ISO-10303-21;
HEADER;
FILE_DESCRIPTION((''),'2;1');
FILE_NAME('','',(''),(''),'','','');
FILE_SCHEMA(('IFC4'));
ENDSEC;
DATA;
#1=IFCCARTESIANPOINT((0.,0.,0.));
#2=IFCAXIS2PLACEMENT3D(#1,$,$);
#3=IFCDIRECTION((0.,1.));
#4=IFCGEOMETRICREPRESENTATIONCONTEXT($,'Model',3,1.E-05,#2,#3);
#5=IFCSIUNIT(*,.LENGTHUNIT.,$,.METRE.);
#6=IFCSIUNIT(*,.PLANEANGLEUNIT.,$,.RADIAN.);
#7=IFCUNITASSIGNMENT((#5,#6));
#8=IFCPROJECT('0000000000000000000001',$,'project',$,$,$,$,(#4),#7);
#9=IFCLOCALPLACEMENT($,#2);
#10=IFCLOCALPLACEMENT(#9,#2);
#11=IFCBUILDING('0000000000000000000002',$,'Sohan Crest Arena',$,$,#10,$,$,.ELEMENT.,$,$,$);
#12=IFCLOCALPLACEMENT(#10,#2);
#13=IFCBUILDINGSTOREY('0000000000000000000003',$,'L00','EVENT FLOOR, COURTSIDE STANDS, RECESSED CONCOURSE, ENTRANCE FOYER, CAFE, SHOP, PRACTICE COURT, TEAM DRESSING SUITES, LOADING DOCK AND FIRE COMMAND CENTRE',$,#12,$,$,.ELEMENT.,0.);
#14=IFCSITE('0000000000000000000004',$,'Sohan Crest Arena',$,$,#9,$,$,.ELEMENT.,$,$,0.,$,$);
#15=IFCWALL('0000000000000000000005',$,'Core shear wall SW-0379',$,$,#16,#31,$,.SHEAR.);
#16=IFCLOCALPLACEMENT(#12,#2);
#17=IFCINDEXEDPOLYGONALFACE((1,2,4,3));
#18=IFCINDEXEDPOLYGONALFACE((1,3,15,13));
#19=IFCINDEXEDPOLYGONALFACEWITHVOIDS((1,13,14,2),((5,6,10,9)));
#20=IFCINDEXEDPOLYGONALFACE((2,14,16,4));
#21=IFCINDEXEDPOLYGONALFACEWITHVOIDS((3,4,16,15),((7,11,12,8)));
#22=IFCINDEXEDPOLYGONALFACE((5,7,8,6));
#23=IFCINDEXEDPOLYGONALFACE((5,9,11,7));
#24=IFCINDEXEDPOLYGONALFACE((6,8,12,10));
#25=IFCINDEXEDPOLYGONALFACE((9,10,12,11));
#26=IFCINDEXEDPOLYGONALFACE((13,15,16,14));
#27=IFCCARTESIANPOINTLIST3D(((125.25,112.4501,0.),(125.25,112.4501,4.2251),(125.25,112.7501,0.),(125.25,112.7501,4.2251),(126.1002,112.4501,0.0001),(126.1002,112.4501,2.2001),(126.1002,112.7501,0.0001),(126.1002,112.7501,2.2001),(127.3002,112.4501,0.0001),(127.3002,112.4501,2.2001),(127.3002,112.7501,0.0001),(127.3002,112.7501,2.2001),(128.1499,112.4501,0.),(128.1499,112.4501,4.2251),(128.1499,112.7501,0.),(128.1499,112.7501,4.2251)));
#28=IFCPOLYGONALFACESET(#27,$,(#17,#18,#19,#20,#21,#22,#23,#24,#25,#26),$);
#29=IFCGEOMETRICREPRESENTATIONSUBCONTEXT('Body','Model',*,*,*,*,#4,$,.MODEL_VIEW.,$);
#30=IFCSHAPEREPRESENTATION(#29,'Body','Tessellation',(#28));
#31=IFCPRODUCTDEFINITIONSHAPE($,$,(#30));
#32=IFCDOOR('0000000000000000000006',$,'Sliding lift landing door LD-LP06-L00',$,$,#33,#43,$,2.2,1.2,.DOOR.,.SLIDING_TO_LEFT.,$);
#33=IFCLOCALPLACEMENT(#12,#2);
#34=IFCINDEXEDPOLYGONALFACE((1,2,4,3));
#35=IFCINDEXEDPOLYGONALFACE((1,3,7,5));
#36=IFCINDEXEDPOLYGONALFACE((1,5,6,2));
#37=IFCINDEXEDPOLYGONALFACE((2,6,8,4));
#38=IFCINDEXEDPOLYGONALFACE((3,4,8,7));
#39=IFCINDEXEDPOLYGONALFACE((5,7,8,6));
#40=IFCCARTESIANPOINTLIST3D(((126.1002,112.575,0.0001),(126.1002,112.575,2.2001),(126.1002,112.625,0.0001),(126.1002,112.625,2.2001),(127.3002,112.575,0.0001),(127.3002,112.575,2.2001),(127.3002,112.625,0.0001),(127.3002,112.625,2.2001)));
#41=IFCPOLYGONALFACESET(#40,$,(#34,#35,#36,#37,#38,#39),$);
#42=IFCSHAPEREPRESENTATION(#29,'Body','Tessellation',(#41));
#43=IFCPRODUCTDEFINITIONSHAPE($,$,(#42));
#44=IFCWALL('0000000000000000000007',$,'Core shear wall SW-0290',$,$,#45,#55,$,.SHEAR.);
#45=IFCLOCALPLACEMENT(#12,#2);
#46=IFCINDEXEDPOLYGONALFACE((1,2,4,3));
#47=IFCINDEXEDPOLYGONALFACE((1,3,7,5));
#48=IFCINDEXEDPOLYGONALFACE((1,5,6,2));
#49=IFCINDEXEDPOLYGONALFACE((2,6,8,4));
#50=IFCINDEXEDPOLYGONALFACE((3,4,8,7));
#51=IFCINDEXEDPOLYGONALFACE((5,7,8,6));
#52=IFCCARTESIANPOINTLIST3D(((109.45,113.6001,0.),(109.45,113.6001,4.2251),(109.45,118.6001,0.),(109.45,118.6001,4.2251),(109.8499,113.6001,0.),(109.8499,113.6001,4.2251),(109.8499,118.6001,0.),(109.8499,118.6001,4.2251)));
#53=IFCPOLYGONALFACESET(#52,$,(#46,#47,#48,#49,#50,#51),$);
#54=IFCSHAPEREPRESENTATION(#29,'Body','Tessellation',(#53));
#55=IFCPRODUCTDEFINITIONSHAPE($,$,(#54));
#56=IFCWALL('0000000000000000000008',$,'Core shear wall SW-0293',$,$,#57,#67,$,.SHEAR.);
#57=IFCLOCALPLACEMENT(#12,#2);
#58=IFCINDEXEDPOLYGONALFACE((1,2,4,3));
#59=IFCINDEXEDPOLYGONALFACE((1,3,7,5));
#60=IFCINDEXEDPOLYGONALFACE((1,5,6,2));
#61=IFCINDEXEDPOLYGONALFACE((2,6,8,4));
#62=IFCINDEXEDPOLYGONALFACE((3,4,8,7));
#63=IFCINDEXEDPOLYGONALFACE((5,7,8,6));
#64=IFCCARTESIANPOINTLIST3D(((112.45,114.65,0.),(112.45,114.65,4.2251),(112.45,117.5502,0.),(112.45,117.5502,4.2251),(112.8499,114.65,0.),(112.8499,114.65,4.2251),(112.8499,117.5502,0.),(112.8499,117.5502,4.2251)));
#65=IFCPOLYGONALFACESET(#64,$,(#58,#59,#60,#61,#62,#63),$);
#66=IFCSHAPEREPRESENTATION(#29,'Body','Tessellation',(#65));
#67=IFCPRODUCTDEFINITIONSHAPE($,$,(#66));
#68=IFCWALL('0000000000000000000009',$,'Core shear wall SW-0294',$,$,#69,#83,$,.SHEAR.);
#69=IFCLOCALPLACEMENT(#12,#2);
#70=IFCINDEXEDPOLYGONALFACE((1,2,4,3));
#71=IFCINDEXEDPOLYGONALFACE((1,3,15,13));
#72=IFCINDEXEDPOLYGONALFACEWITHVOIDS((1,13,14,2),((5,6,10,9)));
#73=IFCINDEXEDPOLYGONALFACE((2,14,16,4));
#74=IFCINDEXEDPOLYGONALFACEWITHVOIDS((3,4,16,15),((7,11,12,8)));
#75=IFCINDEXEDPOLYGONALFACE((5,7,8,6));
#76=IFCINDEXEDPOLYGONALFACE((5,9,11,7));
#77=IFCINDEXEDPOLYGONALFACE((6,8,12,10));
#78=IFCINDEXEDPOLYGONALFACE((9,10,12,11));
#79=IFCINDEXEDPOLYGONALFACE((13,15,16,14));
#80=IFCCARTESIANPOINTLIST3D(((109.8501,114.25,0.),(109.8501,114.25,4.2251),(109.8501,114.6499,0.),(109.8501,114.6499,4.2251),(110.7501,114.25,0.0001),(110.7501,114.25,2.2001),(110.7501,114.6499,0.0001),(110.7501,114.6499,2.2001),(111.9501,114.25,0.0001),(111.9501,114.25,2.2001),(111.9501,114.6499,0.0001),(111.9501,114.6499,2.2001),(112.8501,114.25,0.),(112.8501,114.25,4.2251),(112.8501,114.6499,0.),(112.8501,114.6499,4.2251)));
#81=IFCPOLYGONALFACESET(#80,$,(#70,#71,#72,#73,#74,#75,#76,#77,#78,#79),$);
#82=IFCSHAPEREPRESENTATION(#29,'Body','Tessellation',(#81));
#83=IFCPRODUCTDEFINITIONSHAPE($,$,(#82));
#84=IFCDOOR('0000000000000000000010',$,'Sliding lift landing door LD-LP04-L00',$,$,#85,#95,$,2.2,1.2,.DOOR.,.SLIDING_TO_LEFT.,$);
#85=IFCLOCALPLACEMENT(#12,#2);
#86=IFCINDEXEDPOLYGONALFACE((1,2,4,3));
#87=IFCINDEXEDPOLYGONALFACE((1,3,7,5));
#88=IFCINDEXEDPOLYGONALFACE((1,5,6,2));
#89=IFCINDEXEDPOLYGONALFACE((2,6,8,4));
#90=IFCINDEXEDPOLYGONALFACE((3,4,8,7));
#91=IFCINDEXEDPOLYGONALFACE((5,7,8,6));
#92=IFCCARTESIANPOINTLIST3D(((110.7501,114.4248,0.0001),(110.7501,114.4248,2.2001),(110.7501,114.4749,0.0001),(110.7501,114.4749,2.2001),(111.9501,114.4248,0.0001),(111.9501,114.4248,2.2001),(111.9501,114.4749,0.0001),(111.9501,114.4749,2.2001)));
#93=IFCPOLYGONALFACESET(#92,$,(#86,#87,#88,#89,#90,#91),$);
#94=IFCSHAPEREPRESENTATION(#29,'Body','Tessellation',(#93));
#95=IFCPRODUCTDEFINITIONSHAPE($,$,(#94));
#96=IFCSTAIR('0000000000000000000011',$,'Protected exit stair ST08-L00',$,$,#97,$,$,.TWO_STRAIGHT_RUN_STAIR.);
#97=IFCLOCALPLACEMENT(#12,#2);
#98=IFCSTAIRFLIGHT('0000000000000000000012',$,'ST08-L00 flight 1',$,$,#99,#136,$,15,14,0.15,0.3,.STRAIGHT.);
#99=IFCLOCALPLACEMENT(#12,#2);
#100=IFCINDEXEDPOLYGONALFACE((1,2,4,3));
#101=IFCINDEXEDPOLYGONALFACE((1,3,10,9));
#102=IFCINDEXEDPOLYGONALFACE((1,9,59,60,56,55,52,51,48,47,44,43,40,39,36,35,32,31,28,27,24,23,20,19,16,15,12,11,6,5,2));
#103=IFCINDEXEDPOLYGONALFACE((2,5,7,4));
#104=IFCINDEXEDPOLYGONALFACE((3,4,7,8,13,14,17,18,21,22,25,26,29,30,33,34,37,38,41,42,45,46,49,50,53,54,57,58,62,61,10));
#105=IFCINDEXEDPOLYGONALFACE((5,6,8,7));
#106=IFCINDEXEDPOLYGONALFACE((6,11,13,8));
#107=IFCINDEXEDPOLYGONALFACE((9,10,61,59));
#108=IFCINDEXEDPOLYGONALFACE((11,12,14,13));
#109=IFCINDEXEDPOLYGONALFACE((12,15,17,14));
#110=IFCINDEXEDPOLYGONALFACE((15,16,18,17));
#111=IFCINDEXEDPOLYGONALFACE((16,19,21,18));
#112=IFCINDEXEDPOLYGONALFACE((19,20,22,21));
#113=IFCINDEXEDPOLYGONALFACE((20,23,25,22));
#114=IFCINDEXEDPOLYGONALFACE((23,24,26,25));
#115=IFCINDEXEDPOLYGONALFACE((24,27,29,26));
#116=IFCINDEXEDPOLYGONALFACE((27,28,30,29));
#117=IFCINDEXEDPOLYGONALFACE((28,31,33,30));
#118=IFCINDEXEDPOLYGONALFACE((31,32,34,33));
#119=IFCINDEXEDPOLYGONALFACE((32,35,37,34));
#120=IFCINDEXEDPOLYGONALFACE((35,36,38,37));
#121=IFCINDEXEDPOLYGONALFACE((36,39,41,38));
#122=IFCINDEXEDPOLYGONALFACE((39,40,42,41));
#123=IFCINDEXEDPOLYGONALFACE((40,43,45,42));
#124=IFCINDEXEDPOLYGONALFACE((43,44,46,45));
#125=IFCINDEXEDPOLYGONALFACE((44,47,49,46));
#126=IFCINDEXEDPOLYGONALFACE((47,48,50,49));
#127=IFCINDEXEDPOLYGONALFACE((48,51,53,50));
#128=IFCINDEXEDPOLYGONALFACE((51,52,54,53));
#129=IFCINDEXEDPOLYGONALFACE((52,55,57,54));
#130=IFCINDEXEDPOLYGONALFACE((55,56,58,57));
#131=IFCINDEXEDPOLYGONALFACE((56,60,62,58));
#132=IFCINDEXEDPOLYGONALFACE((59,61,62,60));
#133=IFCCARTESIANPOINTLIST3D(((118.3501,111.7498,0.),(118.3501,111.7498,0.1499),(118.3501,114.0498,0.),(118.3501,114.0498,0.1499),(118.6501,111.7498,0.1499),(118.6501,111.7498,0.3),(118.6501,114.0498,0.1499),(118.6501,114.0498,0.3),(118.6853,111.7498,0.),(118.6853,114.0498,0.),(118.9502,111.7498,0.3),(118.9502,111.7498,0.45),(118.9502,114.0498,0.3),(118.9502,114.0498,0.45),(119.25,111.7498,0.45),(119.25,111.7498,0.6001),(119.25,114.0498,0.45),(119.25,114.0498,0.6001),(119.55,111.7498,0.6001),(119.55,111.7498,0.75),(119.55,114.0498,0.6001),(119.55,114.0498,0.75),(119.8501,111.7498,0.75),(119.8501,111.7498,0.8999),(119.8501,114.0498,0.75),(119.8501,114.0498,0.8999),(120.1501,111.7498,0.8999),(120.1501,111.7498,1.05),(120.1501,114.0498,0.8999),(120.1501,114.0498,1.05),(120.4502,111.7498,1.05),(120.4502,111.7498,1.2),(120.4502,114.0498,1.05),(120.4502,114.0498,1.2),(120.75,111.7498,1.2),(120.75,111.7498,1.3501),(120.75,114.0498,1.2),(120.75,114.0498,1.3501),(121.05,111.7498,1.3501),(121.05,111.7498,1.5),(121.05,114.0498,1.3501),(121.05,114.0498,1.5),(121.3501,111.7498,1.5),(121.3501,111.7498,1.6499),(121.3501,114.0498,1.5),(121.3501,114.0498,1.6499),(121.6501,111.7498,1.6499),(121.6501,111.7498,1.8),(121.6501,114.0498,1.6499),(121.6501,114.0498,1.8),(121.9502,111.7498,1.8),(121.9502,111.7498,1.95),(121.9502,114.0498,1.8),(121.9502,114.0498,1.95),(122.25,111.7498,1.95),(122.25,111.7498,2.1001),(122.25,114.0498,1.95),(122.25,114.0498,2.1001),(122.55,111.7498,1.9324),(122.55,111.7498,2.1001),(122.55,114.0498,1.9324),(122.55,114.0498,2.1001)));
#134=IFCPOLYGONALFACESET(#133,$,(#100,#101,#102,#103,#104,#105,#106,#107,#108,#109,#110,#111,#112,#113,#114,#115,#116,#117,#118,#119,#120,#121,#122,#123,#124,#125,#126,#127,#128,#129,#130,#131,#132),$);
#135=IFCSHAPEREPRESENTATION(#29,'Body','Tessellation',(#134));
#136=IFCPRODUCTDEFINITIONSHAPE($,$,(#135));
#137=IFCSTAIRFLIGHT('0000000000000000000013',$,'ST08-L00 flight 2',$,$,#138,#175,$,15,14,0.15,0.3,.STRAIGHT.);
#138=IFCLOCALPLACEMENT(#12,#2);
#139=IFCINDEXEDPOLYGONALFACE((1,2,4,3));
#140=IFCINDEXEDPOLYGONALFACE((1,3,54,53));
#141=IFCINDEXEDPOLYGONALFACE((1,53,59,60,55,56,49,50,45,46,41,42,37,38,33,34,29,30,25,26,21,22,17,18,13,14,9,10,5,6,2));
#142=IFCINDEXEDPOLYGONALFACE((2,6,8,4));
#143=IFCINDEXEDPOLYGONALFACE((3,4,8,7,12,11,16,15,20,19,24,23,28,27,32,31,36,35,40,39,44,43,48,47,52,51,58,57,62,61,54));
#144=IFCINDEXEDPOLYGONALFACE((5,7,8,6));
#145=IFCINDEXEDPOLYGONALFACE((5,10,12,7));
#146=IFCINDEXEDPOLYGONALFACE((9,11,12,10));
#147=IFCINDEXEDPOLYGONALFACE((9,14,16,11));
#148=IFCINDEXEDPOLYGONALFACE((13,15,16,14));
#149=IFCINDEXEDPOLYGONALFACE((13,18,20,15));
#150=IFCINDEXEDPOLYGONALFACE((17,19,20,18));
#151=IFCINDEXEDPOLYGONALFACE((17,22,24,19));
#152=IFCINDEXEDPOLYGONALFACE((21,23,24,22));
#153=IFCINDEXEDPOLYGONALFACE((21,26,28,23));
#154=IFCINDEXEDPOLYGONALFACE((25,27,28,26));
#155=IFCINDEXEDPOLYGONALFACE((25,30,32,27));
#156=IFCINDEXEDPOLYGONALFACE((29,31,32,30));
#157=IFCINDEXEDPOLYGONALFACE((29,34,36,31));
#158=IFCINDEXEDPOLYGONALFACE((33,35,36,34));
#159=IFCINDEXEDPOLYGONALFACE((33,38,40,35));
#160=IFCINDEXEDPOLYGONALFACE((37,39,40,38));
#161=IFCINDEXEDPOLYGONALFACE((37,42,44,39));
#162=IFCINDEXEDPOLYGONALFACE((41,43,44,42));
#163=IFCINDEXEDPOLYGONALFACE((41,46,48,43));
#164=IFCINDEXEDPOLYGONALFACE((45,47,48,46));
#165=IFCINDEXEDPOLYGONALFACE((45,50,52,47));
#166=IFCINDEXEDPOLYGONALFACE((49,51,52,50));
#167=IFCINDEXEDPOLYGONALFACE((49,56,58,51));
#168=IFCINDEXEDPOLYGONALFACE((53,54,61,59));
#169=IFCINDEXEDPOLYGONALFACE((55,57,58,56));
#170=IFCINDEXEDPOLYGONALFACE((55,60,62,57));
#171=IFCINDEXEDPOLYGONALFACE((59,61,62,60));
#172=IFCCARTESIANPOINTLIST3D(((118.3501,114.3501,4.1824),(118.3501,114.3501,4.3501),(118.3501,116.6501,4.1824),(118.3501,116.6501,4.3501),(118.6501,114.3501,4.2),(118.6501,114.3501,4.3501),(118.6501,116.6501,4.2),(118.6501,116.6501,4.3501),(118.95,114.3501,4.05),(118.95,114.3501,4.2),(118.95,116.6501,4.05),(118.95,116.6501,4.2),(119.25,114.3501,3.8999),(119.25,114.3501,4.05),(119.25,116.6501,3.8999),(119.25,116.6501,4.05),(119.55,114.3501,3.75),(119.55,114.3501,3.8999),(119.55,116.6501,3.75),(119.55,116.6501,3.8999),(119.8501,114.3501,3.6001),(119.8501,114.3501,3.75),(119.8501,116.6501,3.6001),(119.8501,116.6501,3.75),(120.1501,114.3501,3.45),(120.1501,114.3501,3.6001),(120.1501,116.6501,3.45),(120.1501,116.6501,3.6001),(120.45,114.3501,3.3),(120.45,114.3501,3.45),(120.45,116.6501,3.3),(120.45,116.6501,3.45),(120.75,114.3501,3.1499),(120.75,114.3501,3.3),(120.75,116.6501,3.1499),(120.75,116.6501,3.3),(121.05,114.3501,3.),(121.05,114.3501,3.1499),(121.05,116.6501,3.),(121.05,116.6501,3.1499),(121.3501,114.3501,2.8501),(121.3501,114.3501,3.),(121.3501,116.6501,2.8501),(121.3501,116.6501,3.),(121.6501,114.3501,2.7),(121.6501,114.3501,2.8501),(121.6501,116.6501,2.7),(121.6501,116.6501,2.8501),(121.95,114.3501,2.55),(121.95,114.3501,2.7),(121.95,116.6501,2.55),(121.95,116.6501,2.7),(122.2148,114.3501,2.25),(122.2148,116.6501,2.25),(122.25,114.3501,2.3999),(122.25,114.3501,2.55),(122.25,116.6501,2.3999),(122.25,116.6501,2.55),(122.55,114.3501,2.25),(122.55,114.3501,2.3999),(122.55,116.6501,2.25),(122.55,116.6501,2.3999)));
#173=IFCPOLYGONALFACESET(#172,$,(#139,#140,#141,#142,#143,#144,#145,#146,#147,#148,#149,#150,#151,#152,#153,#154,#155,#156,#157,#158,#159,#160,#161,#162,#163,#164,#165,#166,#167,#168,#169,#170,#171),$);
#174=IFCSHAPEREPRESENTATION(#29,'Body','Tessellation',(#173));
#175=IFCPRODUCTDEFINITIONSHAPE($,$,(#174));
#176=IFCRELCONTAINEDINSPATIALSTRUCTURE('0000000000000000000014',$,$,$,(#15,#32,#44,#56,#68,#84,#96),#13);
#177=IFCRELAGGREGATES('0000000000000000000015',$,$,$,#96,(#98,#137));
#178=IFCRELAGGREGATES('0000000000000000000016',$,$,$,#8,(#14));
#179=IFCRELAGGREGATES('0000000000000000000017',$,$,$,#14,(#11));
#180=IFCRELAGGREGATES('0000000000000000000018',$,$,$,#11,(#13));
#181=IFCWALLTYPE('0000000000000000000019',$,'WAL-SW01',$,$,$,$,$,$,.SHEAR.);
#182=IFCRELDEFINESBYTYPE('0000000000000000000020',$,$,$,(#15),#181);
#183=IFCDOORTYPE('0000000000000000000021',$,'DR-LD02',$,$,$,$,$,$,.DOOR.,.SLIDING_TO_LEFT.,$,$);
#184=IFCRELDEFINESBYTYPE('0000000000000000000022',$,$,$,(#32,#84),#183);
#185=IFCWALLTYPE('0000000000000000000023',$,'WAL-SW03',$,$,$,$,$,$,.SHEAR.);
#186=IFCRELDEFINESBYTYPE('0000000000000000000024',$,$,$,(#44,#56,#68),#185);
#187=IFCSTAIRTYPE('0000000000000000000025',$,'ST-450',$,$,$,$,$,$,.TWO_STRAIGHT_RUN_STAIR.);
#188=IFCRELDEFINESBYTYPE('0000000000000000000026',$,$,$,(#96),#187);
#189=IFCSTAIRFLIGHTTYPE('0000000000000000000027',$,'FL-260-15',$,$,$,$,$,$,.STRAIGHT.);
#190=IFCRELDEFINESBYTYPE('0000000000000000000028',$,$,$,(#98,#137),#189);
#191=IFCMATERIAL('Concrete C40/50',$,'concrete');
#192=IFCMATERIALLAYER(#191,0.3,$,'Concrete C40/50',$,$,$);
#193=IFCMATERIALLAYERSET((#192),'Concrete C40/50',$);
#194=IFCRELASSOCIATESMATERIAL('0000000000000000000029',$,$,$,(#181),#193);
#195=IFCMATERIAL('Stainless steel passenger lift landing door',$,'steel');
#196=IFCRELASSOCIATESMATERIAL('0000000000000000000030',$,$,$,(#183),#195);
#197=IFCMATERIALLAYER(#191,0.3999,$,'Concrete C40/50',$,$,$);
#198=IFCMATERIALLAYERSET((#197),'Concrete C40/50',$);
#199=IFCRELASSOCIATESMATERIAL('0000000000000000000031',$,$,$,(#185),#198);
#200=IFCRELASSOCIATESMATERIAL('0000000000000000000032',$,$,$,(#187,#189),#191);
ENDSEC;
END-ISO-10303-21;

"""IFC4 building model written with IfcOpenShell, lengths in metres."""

from ifc_helpers import new_model, si_unit, direction, frame, frame_2d, origin, place, context, subcontext, project, spatial, polyline, rectangle, outline, extrude, material, layer, layer_set, type_object, element, fill, aggregate, save


model = new_model("IFC4")

# Units and contexts
model_context = context("Model", 3, precision=1e-05, world=origin(), true_north=direction((0.0, 1.0)))
body_context = subcontext(model_context, "Body", "Model", "MODEL_VIEW")
ifc_project = project(units=[si_unit("LENGTHUNIT", "METRE"), si_unit("PLANEANGLEUNIT", "RADIAN")], contexts=[model_context])

# Site, building, storey
site_placement = place(None, origin())
site = spatial("IfcSite", under=ifc_project, at=site_placement, Name="Sohan Crest Arena", CompositionType="ELEMENT", RefElevation=0.0)
building_placement = place(site_placement, origin())
building = spatial("IfcBuilding", under=site, at=building_placement, Name="Sohan Crest Arena", CompositionType="ELEMENT")
storey_placement = place(building_placement, origin())
storey = spatial("IfcBuildingStorey", under=building, at=storey_placement, Name="L00", Description="EVENT FLOOR, COURTSIDE STANDS, RECESSED CONCOURSE, ENTRANCE FOYER, CAFE, SHOP, PRACTICE COURT, TEAM DRESSING SUITES, LOADING DOCK AND FIRE COMMAND CENTRE", CompositionType="ELEMENT", Elevation=0.0)

# Shared definitions
ifc_material_1 = material(Name="Concrete C40/50", Category="concrete")

# Shared definitions
ifc_layer_1 = layer(ifc_material_1, 0.3, Name="Concrete C40/50")
ifc_layer_set_1 = layer_set([ifc_layer_1], Name="Concrete C40/50")
wall_type_1 = type_object("IfcWallType", Name="WAL-SW01", PredefinedType="SHEAR", material=ifc_layer_set_1)

# Wall, opening, door
wall_1_placement = place(storey_placement, frame((125.25, 112.6001, 0.0), z_axis=(0.0, 0.0, 1.0), x_axis=(1.0, 0.0, 0.0)))
wall_1 = element("IfcWall", 1, at=wall_1_placement, inside=storey, type_object=wall_type_1, Name="Core shear wall SW-0379", PredefinedType="SHEAR", context=body_context, shape_type="SweptSolid", body=[
    extrude(rectangle(XDim=2.8999, YDim=0.3, at=frame_2d((1.45, 0.0))), origin(), (0.0, 0.0, 1.0), 4.2251),
])
opening_1_placement = place(wall_1_placement, frame((0.8501, 0.0, 0.0)))
opening_1 = element("IfcOpeningElement", 2, at=opening_1_placement, cuts=wall_1, PredefinedType="OPENING", context=body_context, shape_type="SweptSolid", body=[
    extrude(rectangle(XDim=1.2, YDim=2.2, at=frame_2d((0.6001, 1.1001))), frame((0.0, 0.1599, 0.0), z_axis=(0.0, -1.0, 0.0), x_axis=(1.0, 0.0, 0.0)), (0.0, 0.0, 1.0), 0.3201),
])
ifc_material_2 = material(Name="Stainless steel passenger lift landing door", Category="steel")
door_type_1 = type_object("IfcDoorType", Name="DR-LD02", OperationType="SLIDING_TO_LEFT", PredefinedType="DOOR", material=ifc_material_2)
door_1_placement = place(opening_1_placement, origin())
door_1 = element("IfcDoor", 3, at=door_1_placement, inside=storey, type_object=door_type_1, Name="Sliding lift landing door LD-LP06-L00", OperationType="SLIDING_TO_LEFT", OverallHeight=2.2, OverallWidth=1.2, PredefinedType="DOOR", context=body_context, shape_type="SweptSolid", body=[
    extrude(rectangle(XDim=1.2, YDim=2.2, at=frame_2d((0.6001, 1.1001))), frame((0.0, 0.0249, 0.0), z_axis=(0.0, -1.0, 0.0), x_axis=(1.0, 0.0, 0.0)), (0.0, 0.0, 1.0), 0.05),
])
fill(opening_1, door_1)

# Walls
ifc_layer_2 = layer(ifc_material_1, 0.3999, Name="Concrete C40/50")
ifc_layer_set_2 = layer_set([ifc_layer_2], Name="Concrete C40/50")
wall_type_2 = type_object("IfcWallType", Name="WAL-SW03", PredefinedType="SHEAR", material=ifc_layer_set_2)
wall_2_placement = place(storey_placement, frame((109.6499, 113.6001, 0.0), z_axis=(0.0, 0.0, 1.0), x_axis=(0.0, 1.0, 0.0)))
element("IfcWall", 4, at=wall_2_placement, inside=storey, type_object=wall_type_2, Name="Core shear wall SW-0290", PredefinedType="SHEAR", context=body_context, shape_type="SweptSolid", body=[
    extrude(rectangle(XDim=5.0, YDim=0.3999, at=frame_2d((2.5, 0.0))), origin(), (0.0, 0.0, 1.0), 4.2251),
])
wall_3_placement = place(storey_placement, frame((112.6499, 114.6499, 0.0), z_axis=(0.0, 0.0, 1.0), x_axis=(0.0, 1.0, 0.0)))
element("IfcWall", 5, at=wall_3_placement, inside=storey, type_object=wall_type_2, Name="Core shear wall SW-0293", PredefinedType="SHEAR", context=body_context, shape_type="SweptSolid", body=[
    extrude(rectangle(XDim=2.9001, YDim=0.3999, at=frame_2d((1.4502, 0.0))), origin(), (0.0, 0.0, 1.0), 4.2251),
])

# Wall, opening, door
wall_4_placement = place(storey_placement, frame((109.8501, 114.45, 0.0), z_axis=(0.0, 0.0, 1.0), x_axis=(1.0, 0.0, 0.0)))
wall_4 = element("IfcWall", 6, at=wall_4_placement, inside=storey, type_object=wall_type_2, Name="Core shear wall SW-0294", PredefinedType="SHEAR", context=body_context, shape_type="SweptSolid", body=[
    extrude(rectangle(XDim=3.0, YDim=0.3999, at=frame_2d((1.5, 0.0))), origin(), (0.0, 0.0, 1.0), 4.2251),
])
opening_2_placement = place(wall_4_placement, frame((0.8999, 0.0, 0.0)))
opening_2 = element("IfcOpeningElement", 7, at=opening_2_placement, cuts=wall_4, PredefinedType="OPENING", context=body_context, shape_type="SweptSolid", body=[
    extrude(rectangle(XDim=1.2, YDim=2.2, at=frame_2d((0.6001, 1.1001))), frame((0.0, 0.21, 0.0), z_axis=(0.0, -1.0, 0.0), x_axis=(1.0, 0.0, 0.0)), (0.0, 0.0, 1.0), 0.4199),
])
door_2_placement = place(opening_2_placement, origin())
door_2 = element("IfcDoor", 8, at=door_2_placement, inside=storey, type_object=door_type_1, Name="Sliding lift landing door LD-LP04-L00", OperationType="SLIDING_TO_LEFT", OverallHeight=2.2, OverallWidth=1.2, PredefinedType="DOOR", context=body_context, shape_type="SweptSolid", body=[
    extrude(rectangle(XDim=1.2, YDim=2.2, at=frame_2d((0.6001, 1.1001))), frame((0.0, 0.0249, 0.0), z_axis=(0.0, -1.0, 0.0), x_axis=(1.0, 0.0, 0.0)), (0.0, 0.0, 1.0), 0.05),
])
fill(opening_2, door_2)

# Stair, stair flights
stair_type = type_object("IfcStairType", Name="ST-450", PredefinedType="TWO_STRAIGHT_RUN_STAIR", material=ifc_material_1)
stair_placement = place(storey_placement, origin())
stair = element("IfcStair", 9, at=stair_placement, inside=storey, type_object=stair_type, Name="Protected exit stair ST08-L00", PredefinedType="TWO_STRAIGHT_RUN_STAIR")
stair_flight_type = type_object("IfcStairFlightType", Name="FL-260-15", PredefinedType="STRAIGHT", material=ifc_material_1)
stair_flight_1_placement = place(storey_placement, frame((118.3501, 112.8999, 0.0), z_axis=(0.0, 0.0, 1.0), x_axis=(1.0, 0.0, 0.0)))
stair_flight_1 = element("IfcStairFlight", 10, at=stair_flight_1_placement, type_object=stair_flight_type, Name="ST08-L00 flight 1", NumberOfRisers=15, NumberOfTreads=14, PredefinedType="STRAIGHT", RiserHeight=0.15, TreadLength=0.3, context=body_context, shape_type="SweptSolid", body=[
    extrude(outline(polyline([(0.0, 0.0), (0.0, 0.1499), (0.3, 0.1499), (0.3, 0.3), (0.6001, 0.3), (0.6001, 0.45), (0.8999, 0.45), (0.8999, 0.6001), (1.2, 0.6001), (1.2, 0.75), (1.5, 0.75), (1.5, 0.8999), (1.8, 0.8999), (1.8, 1.05), (2.1001, 1.05), (2.1001, 1.2), (2.3999, 1.2), (2.3999, 1.3501), (2.7, 1.3501), (2.7, 1.5), (3.0, 1.5), (3.0, 1.6499), (3.3, 1.6499), (3.3, 1.8), (3.6001, 1.8), (3.6001, 1.95), (3.8999, 1.95), (3.8999, 2.1001), (4.2, 2.1001), (4.2, 2.25), (4.2, 1.9324), (0.3352, 0.0), (0.0, 0.0)])), frame((0.0, 1.1499, 0.0), z_axis=(0.0, -1.0, 0.0), x_axis=(1.0, 0.0, 0.0)), (0.0, 0.0, 1.0), 2.3),
])
stair_flight_2_placement = place(storey_placement, frame((122.55, 115.5, 2.25), z_axis=(0.0, 0.0, 1.0), x_axis=(-1.0, 0.0, 0.0)))
stair_flight_2 = element("IfcStairFlight", 11, at=stair_flight_2_placement, type_object=stair_flight_type, Name="ST08-L00 flight 2", NumberOfRisers=15, NumberOfTreads=14, PredefinedType="STRAIGHT", RiserHeight=0.15, TreadLength=0.3, context=body_context, shape_type="SweptSolid", body=[
    extrude(outline(polyline([(0.0, 0.0), (0.0, 0.1499), (0.3, 0.1499), (0.3, 0.3), (0.6001, 0.3), (0.6001, 0.45), (0.8999, 0.45), (0.8999, 0.6001), (1.2, 0.6001), (1.2, 0.75), (1.5, 0.75), (1.5, 0.8999), (1.8, 0.8999), (1.8, 1.05), (2.1001, 1.05), (2.1001, 1.2), (2.3999, 1.2), (2.3999, 1.3501), (2.7, 1.3501), (2.7, 1.5), (3.0, 1.5), (3.0, 1.6499), (3.3, 1.6499), (3.3, 1.8), (3.6001, 1.8), (3.6001, 1.95), (3.8999, 1.95), (3.8999, 2.1001), (4.2, 2.1001), (4.2, 2.25), (4.2, 1.9324), (0.3352, 0.0), (0.0, 0.0)])), frame((0.0, 1.1499, 0.0), z_axis=(0.0, -1.0, 0.0), x_axis=(1.0, 0.0, 0.0)), (0.0, 0.0, 1.0), 2.3),
])
aggregate(stair, [stair_flight_1, stair_flight_2])

save(model, "model.ifc")
